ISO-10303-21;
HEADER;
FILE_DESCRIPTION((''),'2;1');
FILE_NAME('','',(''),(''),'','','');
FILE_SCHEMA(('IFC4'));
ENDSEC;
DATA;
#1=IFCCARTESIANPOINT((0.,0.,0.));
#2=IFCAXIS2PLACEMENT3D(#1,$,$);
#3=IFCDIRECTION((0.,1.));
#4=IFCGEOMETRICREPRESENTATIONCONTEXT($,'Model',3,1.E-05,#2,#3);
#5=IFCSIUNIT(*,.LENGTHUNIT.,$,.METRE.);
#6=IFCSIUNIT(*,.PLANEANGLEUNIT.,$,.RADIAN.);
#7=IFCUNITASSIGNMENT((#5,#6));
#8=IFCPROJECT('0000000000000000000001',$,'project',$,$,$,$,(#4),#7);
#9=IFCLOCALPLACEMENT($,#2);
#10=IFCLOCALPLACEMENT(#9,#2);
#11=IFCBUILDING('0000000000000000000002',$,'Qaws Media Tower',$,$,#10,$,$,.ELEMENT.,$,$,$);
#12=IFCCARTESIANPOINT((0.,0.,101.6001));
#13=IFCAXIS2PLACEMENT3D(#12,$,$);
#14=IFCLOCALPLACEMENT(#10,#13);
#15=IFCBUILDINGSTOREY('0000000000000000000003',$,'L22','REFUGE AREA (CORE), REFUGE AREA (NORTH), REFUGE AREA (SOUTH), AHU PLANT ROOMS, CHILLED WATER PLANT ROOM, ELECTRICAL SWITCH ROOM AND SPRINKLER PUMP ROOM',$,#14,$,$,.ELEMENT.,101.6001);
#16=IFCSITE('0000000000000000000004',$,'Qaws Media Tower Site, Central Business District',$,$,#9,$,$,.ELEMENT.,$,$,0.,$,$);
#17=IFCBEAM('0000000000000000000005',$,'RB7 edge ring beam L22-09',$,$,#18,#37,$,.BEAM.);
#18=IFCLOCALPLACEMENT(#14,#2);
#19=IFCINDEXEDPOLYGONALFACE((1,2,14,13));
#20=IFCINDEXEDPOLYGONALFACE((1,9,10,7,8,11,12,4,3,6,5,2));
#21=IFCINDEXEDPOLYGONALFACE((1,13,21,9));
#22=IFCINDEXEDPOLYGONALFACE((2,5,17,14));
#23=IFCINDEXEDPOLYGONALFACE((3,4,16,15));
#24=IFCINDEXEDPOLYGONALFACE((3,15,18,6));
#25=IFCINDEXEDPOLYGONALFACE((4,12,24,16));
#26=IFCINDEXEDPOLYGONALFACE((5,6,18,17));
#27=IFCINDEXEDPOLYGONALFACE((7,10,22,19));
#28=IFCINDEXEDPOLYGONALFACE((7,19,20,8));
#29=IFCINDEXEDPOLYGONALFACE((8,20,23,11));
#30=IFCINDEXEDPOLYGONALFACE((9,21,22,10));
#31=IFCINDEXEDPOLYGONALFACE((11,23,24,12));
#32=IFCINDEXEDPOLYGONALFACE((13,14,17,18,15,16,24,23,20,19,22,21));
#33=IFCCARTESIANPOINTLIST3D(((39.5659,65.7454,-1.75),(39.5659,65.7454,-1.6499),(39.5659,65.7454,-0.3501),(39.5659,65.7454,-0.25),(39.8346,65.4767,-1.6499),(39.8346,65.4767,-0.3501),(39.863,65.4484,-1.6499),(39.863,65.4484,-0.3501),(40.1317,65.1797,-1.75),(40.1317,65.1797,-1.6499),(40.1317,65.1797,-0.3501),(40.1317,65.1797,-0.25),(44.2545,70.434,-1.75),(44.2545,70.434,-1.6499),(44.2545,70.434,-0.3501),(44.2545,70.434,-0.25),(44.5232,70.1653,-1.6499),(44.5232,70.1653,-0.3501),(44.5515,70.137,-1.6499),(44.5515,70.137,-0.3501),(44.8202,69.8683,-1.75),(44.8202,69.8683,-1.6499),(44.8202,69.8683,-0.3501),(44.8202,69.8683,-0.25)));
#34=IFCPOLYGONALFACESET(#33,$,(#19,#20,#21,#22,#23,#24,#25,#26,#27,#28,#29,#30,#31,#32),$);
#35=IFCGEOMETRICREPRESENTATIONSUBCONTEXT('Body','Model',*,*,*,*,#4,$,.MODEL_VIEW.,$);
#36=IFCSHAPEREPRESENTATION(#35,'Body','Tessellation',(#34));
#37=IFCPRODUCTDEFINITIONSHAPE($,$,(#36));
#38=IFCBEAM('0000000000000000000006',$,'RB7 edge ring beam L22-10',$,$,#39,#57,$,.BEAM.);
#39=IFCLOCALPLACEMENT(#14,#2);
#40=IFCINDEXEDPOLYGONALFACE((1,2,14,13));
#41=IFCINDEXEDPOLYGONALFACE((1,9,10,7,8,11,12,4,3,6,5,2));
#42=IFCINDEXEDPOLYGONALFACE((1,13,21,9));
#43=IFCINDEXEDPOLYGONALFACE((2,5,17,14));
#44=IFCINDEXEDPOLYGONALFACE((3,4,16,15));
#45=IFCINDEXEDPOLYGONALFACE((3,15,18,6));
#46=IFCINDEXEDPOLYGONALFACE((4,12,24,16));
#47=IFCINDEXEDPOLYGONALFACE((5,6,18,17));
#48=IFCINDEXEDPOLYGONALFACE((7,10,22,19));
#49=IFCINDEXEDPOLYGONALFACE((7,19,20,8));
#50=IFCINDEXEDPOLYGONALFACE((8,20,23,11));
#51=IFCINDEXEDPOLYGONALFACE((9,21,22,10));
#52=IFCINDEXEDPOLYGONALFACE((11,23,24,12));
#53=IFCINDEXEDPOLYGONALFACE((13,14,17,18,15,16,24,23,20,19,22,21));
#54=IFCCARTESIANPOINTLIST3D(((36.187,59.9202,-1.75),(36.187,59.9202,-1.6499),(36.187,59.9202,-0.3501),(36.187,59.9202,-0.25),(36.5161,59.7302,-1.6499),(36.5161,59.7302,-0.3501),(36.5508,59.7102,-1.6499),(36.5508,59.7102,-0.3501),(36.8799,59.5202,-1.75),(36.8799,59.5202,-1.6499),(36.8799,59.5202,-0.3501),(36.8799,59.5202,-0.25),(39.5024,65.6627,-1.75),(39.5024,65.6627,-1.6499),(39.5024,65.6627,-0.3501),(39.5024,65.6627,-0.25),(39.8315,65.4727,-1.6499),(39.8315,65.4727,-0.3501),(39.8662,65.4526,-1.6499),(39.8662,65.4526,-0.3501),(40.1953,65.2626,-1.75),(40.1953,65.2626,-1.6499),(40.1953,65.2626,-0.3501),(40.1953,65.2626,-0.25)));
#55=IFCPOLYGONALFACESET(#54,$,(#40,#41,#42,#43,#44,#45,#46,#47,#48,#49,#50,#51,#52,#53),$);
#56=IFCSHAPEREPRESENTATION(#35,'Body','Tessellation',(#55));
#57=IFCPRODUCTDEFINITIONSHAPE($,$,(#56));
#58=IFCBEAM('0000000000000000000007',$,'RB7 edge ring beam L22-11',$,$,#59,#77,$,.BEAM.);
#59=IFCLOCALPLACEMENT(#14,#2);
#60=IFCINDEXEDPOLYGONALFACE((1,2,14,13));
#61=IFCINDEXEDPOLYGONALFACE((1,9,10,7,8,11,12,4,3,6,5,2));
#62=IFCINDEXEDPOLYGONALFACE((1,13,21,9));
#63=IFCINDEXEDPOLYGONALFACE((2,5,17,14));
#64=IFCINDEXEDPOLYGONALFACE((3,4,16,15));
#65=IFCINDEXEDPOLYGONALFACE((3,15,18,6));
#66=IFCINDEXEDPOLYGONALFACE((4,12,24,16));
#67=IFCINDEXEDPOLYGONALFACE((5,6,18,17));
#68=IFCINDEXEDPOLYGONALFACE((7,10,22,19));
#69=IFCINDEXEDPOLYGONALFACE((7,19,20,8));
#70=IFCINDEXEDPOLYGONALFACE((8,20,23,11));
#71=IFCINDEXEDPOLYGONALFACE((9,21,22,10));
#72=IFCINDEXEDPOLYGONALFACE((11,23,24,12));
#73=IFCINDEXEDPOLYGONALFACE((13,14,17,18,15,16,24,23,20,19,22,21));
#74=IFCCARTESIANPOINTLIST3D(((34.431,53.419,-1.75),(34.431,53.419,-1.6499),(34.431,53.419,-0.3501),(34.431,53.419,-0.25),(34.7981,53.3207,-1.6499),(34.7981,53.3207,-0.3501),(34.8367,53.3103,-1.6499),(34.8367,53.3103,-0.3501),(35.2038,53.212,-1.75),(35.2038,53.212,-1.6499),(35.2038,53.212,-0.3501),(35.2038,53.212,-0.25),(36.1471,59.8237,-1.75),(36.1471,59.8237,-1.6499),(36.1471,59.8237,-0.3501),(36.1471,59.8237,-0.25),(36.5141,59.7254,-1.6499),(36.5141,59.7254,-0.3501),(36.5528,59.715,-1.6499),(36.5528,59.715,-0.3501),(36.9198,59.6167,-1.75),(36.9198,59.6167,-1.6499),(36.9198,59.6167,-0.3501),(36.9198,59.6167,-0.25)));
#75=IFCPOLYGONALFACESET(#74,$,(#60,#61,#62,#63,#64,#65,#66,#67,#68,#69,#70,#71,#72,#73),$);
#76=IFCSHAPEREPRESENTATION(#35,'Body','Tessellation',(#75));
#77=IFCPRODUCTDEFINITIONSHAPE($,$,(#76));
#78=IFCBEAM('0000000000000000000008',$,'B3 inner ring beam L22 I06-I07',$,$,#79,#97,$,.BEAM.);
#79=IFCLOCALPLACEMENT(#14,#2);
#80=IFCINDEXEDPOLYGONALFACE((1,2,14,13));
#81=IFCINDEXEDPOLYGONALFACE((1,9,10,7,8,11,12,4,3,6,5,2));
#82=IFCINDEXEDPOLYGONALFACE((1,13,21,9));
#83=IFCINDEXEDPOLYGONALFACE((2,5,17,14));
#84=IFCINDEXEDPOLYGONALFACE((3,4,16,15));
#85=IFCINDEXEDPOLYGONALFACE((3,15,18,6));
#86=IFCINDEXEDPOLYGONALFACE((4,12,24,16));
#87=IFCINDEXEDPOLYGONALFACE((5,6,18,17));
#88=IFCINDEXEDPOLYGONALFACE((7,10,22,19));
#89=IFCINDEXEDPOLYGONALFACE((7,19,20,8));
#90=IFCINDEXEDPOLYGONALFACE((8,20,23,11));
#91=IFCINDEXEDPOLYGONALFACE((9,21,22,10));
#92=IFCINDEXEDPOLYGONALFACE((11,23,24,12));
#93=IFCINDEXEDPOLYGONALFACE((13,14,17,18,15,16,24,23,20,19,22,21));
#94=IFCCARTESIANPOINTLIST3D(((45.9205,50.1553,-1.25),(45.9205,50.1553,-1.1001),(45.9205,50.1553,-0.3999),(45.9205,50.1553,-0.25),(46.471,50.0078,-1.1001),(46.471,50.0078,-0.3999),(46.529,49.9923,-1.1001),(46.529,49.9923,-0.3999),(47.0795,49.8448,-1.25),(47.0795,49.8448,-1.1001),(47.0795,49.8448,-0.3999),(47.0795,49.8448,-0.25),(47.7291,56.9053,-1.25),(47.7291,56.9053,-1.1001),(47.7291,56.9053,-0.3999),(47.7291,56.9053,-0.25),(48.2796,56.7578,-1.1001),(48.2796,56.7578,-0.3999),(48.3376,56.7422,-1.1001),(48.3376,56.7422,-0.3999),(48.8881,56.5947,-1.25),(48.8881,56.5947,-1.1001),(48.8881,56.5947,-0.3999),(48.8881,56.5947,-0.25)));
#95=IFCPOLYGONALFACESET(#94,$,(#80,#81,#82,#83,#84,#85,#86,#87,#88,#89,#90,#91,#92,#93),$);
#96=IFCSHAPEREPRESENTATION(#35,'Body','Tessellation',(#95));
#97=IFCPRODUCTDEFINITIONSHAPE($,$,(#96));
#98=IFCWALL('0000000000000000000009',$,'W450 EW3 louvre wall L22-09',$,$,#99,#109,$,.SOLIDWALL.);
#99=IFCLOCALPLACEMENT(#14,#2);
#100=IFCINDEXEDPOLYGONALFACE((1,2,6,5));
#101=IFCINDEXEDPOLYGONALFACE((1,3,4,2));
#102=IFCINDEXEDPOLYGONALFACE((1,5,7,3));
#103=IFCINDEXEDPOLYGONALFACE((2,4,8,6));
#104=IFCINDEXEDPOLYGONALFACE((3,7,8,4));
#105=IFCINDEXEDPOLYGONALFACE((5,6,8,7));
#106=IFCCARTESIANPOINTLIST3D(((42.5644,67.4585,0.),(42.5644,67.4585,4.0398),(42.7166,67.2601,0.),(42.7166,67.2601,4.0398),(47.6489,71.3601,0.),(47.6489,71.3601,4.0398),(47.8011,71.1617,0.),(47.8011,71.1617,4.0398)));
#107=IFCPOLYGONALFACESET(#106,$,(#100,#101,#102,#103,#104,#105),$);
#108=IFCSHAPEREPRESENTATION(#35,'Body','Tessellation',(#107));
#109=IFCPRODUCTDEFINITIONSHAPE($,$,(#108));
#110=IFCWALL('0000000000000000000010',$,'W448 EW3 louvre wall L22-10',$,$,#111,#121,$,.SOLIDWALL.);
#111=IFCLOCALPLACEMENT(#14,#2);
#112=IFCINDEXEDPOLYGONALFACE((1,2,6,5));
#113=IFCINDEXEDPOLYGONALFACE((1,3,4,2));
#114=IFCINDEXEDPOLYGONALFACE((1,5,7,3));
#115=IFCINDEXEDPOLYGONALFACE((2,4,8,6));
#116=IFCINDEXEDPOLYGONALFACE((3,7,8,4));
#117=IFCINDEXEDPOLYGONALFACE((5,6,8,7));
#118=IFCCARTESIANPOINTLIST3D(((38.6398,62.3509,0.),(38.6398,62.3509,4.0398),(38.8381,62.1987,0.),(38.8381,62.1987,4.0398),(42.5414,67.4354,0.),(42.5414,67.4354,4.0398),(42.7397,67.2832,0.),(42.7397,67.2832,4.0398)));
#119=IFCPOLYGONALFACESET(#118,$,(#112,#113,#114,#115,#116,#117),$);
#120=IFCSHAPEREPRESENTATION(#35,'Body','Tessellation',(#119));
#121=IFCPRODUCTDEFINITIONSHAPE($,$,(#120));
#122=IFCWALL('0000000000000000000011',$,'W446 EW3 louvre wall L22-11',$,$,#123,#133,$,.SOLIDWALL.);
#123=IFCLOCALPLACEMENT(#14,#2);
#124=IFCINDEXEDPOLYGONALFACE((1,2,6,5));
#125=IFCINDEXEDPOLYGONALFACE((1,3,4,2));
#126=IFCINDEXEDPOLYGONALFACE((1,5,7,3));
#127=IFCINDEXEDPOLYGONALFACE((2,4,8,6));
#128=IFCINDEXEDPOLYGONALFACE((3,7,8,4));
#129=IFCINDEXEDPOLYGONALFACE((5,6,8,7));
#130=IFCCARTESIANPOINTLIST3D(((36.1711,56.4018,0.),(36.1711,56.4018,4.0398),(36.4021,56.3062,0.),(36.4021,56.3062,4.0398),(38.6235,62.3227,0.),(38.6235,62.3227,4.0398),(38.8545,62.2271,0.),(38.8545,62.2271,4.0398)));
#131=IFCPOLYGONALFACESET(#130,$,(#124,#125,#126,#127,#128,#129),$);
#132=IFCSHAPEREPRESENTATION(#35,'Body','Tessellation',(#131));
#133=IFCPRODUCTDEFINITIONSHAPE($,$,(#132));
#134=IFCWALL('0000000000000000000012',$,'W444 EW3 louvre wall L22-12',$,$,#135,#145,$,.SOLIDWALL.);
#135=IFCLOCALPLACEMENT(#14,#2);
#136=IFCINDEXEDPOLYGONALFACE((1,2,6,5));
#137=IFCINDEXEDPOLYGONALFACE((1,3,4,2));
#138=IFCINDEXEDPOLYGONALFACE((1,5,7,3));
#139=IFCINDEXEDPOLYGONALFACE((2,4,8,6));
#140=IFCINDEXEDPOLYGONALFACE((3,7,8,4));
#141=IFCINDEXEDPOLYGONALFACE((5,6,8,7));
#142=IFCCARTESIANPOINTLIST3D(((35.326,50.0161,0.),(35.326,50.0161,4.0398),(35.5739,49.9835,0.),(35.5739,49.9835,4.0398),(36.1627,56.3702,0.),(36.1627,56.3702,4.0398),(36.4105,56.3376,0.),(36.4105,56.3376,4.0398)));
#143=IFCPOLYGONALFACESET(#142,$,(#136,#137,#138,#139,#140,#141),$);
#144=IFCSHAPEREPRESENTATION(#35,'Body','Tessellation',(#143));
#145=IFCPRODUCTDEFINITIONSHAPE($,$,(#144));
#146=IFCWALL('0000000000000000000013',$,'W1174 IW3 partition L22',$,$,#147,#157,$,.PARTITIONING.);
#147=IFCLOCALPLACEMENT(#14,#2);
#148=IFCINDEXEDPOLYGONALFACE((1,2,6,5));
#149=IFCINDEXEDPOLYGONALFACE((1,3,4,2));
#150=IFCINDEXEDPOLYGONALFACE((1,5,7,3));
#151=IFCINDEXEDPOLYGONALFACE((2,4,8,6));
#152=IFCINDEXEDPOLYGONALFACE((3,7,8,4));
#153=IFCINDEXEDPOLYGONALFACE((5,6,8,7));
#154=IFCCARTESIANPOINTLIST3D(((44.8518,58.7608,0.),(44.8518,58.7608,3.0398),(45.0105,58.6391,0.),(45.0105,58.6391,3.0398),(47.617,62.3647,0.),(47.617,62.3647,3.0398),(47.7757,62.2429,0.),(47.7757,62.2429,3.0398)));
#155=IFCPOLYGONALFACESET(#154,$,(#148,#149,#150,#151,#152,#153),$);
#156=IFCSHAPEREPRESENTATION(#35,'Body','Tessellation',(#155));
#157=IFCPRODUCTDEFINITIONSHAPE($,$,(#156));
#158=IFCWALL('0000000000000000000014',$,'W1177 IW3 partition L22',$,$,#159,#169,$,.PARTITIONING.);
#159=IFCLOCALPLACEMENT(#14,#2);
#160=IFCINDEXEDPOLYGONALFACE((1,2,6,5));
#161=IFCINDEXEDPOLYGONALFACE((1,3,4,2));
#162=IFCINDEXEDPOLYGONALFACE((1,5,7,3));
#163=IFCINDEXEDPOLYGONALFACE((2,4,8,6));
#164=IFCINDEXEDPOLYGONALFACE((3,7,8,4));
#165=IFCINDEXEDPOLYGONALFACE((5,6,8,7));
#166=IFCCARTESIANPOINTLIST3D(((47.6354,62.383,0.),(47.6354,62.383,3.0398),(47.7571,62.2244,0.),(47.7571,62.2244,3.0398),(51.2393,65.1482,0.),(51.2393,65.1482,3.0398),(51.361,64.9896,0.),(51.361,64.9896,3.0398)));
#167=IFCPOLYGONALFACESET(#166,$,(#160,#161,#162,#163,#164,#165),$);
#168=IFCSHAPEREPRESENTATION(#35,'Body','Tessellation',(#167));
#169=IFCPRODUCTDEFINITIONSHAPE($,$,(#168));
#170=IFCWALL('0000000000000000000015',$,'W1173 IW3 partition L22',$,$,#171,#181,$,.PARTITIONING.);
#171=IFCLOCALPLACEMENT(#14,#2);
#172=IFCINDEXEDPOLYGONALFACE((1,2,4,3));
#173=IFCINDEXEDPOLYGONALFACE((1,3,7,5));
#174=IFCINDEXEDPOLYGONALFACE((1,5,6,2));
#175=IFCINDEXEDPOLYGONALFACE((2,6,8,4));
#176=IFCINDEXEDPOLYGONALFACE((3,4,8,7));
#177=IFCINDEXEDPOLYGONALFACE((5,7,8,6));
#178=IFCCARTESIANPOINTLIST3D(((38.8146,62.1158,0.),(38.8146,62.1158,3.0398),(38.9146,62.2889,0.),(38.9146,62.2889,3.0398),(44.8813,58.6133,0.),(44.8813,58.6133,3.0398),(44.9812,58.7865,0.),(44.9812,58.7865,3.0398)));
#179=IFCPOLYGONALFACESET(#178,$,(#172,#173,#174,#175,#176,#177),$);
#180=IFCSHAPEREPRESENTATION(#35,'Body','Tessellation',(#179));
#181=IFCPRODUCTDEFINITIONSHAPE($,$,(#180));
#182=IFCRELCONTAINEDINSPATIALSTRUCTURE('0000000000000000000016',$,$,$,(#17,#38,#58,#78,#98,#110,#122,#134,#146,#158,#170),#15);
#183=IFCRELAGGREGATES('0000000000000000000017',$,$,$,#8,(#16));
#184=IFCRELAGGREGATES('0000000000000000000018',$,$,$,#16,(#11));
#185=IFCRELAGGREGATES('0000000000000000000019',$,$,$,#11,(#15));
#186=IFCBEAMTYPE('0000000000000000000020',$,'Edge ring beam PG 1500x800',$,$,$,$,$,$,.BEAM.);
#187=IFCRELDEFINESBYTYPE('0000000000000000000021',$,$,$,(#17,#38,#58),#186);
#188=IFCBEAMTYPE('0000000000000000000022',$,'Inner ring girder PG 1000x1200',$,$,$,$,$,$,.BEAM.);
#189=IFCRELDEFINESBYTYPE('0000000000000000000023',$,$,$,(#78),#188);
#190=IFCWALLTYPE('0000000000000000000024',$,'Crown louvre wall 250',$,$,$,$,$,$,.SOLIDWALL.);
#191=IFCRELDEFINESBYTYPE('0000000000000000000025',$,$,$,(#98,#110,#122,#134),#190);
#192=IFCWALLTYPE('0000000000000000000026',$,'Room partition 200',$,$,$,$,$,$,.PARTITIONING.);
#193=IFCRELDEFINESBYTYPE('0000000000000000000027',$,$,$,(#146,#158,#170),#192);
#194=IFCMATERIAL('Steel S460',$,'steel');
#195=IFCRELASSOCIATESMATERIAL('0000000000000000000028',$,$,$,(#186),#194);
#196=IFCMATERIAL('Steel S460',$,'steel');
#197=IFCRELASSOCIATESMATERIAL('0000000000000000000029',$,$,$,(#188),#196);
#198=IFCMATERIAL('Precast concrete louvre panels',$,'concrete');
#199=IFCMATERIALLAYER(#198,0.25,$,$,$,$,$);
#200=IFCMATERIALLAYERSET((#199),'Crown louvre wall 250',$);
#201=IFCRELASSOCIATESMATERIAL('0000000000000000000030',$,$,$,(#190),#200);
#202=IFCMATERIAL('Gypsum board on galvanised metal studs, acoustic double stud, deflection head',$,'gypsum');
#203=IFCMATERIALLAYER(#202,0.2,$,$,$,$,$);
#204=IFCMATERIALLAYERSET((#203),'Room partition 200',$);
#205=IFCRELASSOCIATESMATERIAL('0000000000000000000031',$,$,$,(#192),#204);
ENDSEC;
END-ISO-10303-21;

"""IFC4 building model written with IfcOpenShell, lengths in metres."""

from ifc_helpers import new_model, si_unit, direction, frame, frame_2d, origin, origin_2d, place, context, subcontext, project, spatial, rectangle, i_section, extrude, material, layer, layer_set, material_profile, profile_set, type_object, element, save


model = new_model("IFC4")

# Units and contexts
model_context = context("Model", 3, precision=1e-05, world=origin(), true_north=direction((0.0, 1.0)))
body_context = subcontext(model_context, "Body", "Model", "MODEL_VIEW")
ifc_project = project(units=[si_unit("LENGTHUNIT", "METRE"), si_unit("PLANEANGLEUNIT", "RADIAN")], contexts=[model_context])

# Site, building, storey
site_placement = place(None, origin())
site = spatial("IfcSite", under=ifc_project, at=site_placement, Name="Qaws Media Tower Site, Central Business District", CompositionType="ELEMENT", RefElevation=0.0)
building_placement = place(site_placement, origin())
building = spatial("IfcBuilding", under=site, at=building_placement, Name="Qaws Media Tower", CompositionType="ELEMENT")
storey_placement = place(building_placement, frame((0.0, 0.0, 101.6001)))
storey = spatial("IfcBuildingStorey", under=building, at=storey_placement, Name="L22", Description="REFUGE AREA (CORE), REFUGE AREA (NORTH), REFUGE AREA (SOUTH), AHU PLANT ROOMS, CHILLED WATER PLANT ROOM, ELECTRICAL SWITCH ROOM AND SPRINKLER PUMP ROOM", CompositionType="ELEMENT", Elevation=101.6001)

# Beams
ifc_material_1 = material(Name="Steel S460", Category="steel")
ifc_material_profile_1 = material_profile(ifc_material_1, i_section(OverallWidth=0.8, OverallDepth=1.5, WebThickness=0.04, FlangeThickness=0.1001, at=origin_2d()), Name="PG 1500x800")
ifc_profile_set_1 = profile_set([ifc_material_profile_1], Name="Steel S460")
beam_type_1 = type_object("IfcBeamType", Name="Edge ring beam PG 1500x800", PredefinedType="BEAM", material=ifc_profile_set_1)
beam_1_placement = place(storey_placement, frame((44.5374, 70.1511, -1.0), z_axis=(-0.707107, -0.707107, 0.0), x_axis=(0.707107, -0.707107, 0.0)))
element("IfcBeam", 1, at=beam_1_placement, inside=storey, type_object=beam_type_1, Name="RB7 edge ring beam L22-09", PredefinedType="BEAM", context=body_context, shape_type="SweptSolid", body=[
    extrude(i_section(OverallWidth=0.8, OverallDepth=1.5, WebThickness=0.04, FlangeThickness=0.1001, at=origin_2d()), origin(), (0.0, 0.0, 1.0), 6.6306),
])
beam_2_placement = place(storey_placement, frame((39.8489, 65.4626, -1.0), z_axis=(-0.500004, -0.866023, 0.0), x_axis=(0.866023, -0.500004, 0.0)))
element("IfcBeam", 2, at=beam_2_placement, inside=storey, type_object=beam_type_1, Name="RB7 edge ring beam L22-10", PredefinedType="BEAM", context=body_context, shape_type="SweptSolid", body=[
    extrude(i_section(OverallWidth=0.8, OverallDepth=1.5, WebThickness=0.04, FlangeThickness=0.1001, at=origin_2d()), origin(), (0.0, 0.0, 1.0), 6.6309),
])
beam_3_placement = place(storey_placement, frame((36.5334, 59.7202, -1.0), z_axis=(-0.258806, -0.965929, 0.0), x_axis=(0.965929, -0.258806, 0.0)))
element("IfcBeam", 3, at=beam_3_placement, inside=storey, type_object=beam_type_1, Name="RB7 edge ring beam L22-11", PredefinedType="BEAM", context=body_context, shape_type="SweptSolid", body=[
    extrude(i_section(OverallWidth=0.8, OverallDepth=1.5, WebThickness=0.04, FlangeThickness=0.1001, at=origin_2d()), origin(), (0.0, 0.0, 1.0), 6.6306),
])
ifc_material_2 = material(Name="Steel S460", Category="steel")
ifc_material_profile_2 = material_profile(ifc_material_2, i_section(OverallWidth=1.2, OverallDepth=1.0, WebThickness=0.0601, FlangeThickness=0.1499, at=origin_2d()), Name="PG 1000x1200")
ifc_profile_set_2 = profile_set([ifc_material_profile_2], Name="Steel S460")
beam_type_2 = type_object("IfcBeamType", Name="Inner ring girder PG 1000x1200", PredefinedType="BEAM", material=ifc_profile_set_2)
beam_4_placement = place(storey_placement, frame((48.3086, 56.75, -0.75), z_axis=(-0.258811, -0.965928, 0.0), x_axis=(0.965928, -0.258811, 0.0)))
element("IfcBeam", 4, at=beam_4_placement, inside=storey, type_object=beam_type_2, Name="B3 inner ring beam L22 I06-I07", PredefinedType="BEAM", context=body_context, shape_type="SweptSolid", body=[
    extrude(i_section(OverallWidth=1.2, OverallDepth=1.0, WebThickness=0.0601, FlangeThickness=0.1499, at=origin_2d()), origin(), (0.0, 0.0, 1.0), 6.988),
])

# Walls
ifc_material_3 = material(Name="Precast concrete louvre panels", Category="concrete")
ifc_layer_1 = layer(ifc_material_3, 0.25)
ifc_layer_set_1 = layer_set([ifc_layer_1], Name="Crown louvre wall 250")
wall_type_1 = type_object("IfcWallType", Name="Crown louvre wall 250", PredefinedType="SOLIDWALL", material=ifc_layer_set_1)
for number, where, z_axis, x_axis, name in (
    (5, (47.7251, 71.261, 0.0), (0.0, 0.0, 1.0), (-0.793341, -0.608777, 0.0), "W450 EW3 louvre wall L22-09"),
    (6, (42.6406, 67.3594, 0.0), (0.0, 0.0, 1.0), (-0.608777, -0.793341, 0.0), "W448 EW3 louvre wall L22-10"),
):
    element("IfcWall", number, at=place(storey_placement, frame(where, z_axis=z_axis, x_axis=x_axis)), inside=storey, type_object=wall_type_1, Name=name, PredefinedType="SOLIDWALL", context=body_context, shape_type="SweptSolid", body=[
        extrude(rectangle(XDim=6.4089, YDim=0.25, at=frame_2d((3.2046, 0.0))), origin(), (0.0, 0.0, 1.0), 4.0398),
    ])
wall_1_placement = place(storey_placement, frame((38.739, 62.2749, 0.0), z_axis=(0.0, 0.0, 1.0), x_axis=(-0.382667, -0.923886, 0.0)))
element("IfcWall", 7, at=wall_1_placement, inside=storey, type_object=wall_type_1, Name="W446 EW3 louvre wall L22-11", PredefinedType="SOLIDWALL", context=body_context, shape_type="SweptSolid", body=[
    extrude(rectangle(XDim=6.4087, YDim=0.25, at=frame_2d((3.2043, 0.0))), origin(), (0.0, 0.0, 1.0), 4.0398),
])
wall_2_placement = place(storey_placement, frame((36.2866, 56.354, 0.0), z_axis=(0.0, 0.0, 1.0), x_axis=(-0.130549, -0.991442, 0.0)))
element("IfcWall", 8, at=wall_2_placement, inside=storey, type_object=wall_type_1, Name="W444 EW3 louvre wall L22-12", PredefinedType="SOLIDWALL", context=body_context, shape_type="SweptSolid", body=[
    extrude(rectangle(XDim=6.4089, YDim=0.25, at=frame_2d((3.2046, 0.0))), origin(), (0.0, 0.0, 1.0), 4.0398),
])
ifc_material_4 = material(Name="Gypsum board on galvanised metal studs, acoustic double stud, deflection head", Category="gypsum")
ifc_layer_2 = layer(ifc_material_4, 0.2)
ifc_layer_set_2 = layer_set([ifc_layer_2], Name="Room partition 200")
wall_type_2 = type_object("IfcWallType", Name="Room partition 200", PredefinedType="PARTITIONING", material=ifc_layer_set_2)
for number, where, z_axis, x_axis, name in (
    (9, (44.9312, 58.7, 0.0), (0.0, 0.0, 1.0), (0.608744, 0.793367, 0.0), "W1174 IW3 partition L22"),
    (10, (47.6963, 62.3037, 0.0), (0.0, 0.0, 1.0), (0.793367, 0.608744, 0.0), "W1177 IW3 partition L22"),
):
    element("IfcWall", number, at=place(storey_placement, frame(where, z_axis=z_axis, x_axis=x_axis)), inside=storey, type_object=wall_type_2, Name=name, PredefinedType="PARTITIONING", context=body_context, shape_type="SweptSolid", body=[
        extrude(rectangle(XDim=4.5425, YDim=0.2, at=frame_2d((2.2712, 0.0))), origin(), (0.0, 0.0, 1.0), 3.0398),
    ])
wall_3_placement = place(storey_placement, frame((44.9312, 58.7, 0.0), z_axis=(0.0, 0.0, 1.0), x_axis=(-0.866034, 0.499985, 0.0)))
element("IfcWall", 11, at=wall_3_placement, inside=storey, type_object=wall_type_2, Name="W1173 IW3 partition L22", PredefinedType="PARTITIONING", context=body_context, shape_type="SweptSolid", body=[
    extrude(rectangle(XDim=7.0051, YDim=0.2, at=frame_2d((3.5024, 0.0))), origin(), (0.0, 0.0, 1.0), 3.0398),
])

save(model, "model.ifc")
